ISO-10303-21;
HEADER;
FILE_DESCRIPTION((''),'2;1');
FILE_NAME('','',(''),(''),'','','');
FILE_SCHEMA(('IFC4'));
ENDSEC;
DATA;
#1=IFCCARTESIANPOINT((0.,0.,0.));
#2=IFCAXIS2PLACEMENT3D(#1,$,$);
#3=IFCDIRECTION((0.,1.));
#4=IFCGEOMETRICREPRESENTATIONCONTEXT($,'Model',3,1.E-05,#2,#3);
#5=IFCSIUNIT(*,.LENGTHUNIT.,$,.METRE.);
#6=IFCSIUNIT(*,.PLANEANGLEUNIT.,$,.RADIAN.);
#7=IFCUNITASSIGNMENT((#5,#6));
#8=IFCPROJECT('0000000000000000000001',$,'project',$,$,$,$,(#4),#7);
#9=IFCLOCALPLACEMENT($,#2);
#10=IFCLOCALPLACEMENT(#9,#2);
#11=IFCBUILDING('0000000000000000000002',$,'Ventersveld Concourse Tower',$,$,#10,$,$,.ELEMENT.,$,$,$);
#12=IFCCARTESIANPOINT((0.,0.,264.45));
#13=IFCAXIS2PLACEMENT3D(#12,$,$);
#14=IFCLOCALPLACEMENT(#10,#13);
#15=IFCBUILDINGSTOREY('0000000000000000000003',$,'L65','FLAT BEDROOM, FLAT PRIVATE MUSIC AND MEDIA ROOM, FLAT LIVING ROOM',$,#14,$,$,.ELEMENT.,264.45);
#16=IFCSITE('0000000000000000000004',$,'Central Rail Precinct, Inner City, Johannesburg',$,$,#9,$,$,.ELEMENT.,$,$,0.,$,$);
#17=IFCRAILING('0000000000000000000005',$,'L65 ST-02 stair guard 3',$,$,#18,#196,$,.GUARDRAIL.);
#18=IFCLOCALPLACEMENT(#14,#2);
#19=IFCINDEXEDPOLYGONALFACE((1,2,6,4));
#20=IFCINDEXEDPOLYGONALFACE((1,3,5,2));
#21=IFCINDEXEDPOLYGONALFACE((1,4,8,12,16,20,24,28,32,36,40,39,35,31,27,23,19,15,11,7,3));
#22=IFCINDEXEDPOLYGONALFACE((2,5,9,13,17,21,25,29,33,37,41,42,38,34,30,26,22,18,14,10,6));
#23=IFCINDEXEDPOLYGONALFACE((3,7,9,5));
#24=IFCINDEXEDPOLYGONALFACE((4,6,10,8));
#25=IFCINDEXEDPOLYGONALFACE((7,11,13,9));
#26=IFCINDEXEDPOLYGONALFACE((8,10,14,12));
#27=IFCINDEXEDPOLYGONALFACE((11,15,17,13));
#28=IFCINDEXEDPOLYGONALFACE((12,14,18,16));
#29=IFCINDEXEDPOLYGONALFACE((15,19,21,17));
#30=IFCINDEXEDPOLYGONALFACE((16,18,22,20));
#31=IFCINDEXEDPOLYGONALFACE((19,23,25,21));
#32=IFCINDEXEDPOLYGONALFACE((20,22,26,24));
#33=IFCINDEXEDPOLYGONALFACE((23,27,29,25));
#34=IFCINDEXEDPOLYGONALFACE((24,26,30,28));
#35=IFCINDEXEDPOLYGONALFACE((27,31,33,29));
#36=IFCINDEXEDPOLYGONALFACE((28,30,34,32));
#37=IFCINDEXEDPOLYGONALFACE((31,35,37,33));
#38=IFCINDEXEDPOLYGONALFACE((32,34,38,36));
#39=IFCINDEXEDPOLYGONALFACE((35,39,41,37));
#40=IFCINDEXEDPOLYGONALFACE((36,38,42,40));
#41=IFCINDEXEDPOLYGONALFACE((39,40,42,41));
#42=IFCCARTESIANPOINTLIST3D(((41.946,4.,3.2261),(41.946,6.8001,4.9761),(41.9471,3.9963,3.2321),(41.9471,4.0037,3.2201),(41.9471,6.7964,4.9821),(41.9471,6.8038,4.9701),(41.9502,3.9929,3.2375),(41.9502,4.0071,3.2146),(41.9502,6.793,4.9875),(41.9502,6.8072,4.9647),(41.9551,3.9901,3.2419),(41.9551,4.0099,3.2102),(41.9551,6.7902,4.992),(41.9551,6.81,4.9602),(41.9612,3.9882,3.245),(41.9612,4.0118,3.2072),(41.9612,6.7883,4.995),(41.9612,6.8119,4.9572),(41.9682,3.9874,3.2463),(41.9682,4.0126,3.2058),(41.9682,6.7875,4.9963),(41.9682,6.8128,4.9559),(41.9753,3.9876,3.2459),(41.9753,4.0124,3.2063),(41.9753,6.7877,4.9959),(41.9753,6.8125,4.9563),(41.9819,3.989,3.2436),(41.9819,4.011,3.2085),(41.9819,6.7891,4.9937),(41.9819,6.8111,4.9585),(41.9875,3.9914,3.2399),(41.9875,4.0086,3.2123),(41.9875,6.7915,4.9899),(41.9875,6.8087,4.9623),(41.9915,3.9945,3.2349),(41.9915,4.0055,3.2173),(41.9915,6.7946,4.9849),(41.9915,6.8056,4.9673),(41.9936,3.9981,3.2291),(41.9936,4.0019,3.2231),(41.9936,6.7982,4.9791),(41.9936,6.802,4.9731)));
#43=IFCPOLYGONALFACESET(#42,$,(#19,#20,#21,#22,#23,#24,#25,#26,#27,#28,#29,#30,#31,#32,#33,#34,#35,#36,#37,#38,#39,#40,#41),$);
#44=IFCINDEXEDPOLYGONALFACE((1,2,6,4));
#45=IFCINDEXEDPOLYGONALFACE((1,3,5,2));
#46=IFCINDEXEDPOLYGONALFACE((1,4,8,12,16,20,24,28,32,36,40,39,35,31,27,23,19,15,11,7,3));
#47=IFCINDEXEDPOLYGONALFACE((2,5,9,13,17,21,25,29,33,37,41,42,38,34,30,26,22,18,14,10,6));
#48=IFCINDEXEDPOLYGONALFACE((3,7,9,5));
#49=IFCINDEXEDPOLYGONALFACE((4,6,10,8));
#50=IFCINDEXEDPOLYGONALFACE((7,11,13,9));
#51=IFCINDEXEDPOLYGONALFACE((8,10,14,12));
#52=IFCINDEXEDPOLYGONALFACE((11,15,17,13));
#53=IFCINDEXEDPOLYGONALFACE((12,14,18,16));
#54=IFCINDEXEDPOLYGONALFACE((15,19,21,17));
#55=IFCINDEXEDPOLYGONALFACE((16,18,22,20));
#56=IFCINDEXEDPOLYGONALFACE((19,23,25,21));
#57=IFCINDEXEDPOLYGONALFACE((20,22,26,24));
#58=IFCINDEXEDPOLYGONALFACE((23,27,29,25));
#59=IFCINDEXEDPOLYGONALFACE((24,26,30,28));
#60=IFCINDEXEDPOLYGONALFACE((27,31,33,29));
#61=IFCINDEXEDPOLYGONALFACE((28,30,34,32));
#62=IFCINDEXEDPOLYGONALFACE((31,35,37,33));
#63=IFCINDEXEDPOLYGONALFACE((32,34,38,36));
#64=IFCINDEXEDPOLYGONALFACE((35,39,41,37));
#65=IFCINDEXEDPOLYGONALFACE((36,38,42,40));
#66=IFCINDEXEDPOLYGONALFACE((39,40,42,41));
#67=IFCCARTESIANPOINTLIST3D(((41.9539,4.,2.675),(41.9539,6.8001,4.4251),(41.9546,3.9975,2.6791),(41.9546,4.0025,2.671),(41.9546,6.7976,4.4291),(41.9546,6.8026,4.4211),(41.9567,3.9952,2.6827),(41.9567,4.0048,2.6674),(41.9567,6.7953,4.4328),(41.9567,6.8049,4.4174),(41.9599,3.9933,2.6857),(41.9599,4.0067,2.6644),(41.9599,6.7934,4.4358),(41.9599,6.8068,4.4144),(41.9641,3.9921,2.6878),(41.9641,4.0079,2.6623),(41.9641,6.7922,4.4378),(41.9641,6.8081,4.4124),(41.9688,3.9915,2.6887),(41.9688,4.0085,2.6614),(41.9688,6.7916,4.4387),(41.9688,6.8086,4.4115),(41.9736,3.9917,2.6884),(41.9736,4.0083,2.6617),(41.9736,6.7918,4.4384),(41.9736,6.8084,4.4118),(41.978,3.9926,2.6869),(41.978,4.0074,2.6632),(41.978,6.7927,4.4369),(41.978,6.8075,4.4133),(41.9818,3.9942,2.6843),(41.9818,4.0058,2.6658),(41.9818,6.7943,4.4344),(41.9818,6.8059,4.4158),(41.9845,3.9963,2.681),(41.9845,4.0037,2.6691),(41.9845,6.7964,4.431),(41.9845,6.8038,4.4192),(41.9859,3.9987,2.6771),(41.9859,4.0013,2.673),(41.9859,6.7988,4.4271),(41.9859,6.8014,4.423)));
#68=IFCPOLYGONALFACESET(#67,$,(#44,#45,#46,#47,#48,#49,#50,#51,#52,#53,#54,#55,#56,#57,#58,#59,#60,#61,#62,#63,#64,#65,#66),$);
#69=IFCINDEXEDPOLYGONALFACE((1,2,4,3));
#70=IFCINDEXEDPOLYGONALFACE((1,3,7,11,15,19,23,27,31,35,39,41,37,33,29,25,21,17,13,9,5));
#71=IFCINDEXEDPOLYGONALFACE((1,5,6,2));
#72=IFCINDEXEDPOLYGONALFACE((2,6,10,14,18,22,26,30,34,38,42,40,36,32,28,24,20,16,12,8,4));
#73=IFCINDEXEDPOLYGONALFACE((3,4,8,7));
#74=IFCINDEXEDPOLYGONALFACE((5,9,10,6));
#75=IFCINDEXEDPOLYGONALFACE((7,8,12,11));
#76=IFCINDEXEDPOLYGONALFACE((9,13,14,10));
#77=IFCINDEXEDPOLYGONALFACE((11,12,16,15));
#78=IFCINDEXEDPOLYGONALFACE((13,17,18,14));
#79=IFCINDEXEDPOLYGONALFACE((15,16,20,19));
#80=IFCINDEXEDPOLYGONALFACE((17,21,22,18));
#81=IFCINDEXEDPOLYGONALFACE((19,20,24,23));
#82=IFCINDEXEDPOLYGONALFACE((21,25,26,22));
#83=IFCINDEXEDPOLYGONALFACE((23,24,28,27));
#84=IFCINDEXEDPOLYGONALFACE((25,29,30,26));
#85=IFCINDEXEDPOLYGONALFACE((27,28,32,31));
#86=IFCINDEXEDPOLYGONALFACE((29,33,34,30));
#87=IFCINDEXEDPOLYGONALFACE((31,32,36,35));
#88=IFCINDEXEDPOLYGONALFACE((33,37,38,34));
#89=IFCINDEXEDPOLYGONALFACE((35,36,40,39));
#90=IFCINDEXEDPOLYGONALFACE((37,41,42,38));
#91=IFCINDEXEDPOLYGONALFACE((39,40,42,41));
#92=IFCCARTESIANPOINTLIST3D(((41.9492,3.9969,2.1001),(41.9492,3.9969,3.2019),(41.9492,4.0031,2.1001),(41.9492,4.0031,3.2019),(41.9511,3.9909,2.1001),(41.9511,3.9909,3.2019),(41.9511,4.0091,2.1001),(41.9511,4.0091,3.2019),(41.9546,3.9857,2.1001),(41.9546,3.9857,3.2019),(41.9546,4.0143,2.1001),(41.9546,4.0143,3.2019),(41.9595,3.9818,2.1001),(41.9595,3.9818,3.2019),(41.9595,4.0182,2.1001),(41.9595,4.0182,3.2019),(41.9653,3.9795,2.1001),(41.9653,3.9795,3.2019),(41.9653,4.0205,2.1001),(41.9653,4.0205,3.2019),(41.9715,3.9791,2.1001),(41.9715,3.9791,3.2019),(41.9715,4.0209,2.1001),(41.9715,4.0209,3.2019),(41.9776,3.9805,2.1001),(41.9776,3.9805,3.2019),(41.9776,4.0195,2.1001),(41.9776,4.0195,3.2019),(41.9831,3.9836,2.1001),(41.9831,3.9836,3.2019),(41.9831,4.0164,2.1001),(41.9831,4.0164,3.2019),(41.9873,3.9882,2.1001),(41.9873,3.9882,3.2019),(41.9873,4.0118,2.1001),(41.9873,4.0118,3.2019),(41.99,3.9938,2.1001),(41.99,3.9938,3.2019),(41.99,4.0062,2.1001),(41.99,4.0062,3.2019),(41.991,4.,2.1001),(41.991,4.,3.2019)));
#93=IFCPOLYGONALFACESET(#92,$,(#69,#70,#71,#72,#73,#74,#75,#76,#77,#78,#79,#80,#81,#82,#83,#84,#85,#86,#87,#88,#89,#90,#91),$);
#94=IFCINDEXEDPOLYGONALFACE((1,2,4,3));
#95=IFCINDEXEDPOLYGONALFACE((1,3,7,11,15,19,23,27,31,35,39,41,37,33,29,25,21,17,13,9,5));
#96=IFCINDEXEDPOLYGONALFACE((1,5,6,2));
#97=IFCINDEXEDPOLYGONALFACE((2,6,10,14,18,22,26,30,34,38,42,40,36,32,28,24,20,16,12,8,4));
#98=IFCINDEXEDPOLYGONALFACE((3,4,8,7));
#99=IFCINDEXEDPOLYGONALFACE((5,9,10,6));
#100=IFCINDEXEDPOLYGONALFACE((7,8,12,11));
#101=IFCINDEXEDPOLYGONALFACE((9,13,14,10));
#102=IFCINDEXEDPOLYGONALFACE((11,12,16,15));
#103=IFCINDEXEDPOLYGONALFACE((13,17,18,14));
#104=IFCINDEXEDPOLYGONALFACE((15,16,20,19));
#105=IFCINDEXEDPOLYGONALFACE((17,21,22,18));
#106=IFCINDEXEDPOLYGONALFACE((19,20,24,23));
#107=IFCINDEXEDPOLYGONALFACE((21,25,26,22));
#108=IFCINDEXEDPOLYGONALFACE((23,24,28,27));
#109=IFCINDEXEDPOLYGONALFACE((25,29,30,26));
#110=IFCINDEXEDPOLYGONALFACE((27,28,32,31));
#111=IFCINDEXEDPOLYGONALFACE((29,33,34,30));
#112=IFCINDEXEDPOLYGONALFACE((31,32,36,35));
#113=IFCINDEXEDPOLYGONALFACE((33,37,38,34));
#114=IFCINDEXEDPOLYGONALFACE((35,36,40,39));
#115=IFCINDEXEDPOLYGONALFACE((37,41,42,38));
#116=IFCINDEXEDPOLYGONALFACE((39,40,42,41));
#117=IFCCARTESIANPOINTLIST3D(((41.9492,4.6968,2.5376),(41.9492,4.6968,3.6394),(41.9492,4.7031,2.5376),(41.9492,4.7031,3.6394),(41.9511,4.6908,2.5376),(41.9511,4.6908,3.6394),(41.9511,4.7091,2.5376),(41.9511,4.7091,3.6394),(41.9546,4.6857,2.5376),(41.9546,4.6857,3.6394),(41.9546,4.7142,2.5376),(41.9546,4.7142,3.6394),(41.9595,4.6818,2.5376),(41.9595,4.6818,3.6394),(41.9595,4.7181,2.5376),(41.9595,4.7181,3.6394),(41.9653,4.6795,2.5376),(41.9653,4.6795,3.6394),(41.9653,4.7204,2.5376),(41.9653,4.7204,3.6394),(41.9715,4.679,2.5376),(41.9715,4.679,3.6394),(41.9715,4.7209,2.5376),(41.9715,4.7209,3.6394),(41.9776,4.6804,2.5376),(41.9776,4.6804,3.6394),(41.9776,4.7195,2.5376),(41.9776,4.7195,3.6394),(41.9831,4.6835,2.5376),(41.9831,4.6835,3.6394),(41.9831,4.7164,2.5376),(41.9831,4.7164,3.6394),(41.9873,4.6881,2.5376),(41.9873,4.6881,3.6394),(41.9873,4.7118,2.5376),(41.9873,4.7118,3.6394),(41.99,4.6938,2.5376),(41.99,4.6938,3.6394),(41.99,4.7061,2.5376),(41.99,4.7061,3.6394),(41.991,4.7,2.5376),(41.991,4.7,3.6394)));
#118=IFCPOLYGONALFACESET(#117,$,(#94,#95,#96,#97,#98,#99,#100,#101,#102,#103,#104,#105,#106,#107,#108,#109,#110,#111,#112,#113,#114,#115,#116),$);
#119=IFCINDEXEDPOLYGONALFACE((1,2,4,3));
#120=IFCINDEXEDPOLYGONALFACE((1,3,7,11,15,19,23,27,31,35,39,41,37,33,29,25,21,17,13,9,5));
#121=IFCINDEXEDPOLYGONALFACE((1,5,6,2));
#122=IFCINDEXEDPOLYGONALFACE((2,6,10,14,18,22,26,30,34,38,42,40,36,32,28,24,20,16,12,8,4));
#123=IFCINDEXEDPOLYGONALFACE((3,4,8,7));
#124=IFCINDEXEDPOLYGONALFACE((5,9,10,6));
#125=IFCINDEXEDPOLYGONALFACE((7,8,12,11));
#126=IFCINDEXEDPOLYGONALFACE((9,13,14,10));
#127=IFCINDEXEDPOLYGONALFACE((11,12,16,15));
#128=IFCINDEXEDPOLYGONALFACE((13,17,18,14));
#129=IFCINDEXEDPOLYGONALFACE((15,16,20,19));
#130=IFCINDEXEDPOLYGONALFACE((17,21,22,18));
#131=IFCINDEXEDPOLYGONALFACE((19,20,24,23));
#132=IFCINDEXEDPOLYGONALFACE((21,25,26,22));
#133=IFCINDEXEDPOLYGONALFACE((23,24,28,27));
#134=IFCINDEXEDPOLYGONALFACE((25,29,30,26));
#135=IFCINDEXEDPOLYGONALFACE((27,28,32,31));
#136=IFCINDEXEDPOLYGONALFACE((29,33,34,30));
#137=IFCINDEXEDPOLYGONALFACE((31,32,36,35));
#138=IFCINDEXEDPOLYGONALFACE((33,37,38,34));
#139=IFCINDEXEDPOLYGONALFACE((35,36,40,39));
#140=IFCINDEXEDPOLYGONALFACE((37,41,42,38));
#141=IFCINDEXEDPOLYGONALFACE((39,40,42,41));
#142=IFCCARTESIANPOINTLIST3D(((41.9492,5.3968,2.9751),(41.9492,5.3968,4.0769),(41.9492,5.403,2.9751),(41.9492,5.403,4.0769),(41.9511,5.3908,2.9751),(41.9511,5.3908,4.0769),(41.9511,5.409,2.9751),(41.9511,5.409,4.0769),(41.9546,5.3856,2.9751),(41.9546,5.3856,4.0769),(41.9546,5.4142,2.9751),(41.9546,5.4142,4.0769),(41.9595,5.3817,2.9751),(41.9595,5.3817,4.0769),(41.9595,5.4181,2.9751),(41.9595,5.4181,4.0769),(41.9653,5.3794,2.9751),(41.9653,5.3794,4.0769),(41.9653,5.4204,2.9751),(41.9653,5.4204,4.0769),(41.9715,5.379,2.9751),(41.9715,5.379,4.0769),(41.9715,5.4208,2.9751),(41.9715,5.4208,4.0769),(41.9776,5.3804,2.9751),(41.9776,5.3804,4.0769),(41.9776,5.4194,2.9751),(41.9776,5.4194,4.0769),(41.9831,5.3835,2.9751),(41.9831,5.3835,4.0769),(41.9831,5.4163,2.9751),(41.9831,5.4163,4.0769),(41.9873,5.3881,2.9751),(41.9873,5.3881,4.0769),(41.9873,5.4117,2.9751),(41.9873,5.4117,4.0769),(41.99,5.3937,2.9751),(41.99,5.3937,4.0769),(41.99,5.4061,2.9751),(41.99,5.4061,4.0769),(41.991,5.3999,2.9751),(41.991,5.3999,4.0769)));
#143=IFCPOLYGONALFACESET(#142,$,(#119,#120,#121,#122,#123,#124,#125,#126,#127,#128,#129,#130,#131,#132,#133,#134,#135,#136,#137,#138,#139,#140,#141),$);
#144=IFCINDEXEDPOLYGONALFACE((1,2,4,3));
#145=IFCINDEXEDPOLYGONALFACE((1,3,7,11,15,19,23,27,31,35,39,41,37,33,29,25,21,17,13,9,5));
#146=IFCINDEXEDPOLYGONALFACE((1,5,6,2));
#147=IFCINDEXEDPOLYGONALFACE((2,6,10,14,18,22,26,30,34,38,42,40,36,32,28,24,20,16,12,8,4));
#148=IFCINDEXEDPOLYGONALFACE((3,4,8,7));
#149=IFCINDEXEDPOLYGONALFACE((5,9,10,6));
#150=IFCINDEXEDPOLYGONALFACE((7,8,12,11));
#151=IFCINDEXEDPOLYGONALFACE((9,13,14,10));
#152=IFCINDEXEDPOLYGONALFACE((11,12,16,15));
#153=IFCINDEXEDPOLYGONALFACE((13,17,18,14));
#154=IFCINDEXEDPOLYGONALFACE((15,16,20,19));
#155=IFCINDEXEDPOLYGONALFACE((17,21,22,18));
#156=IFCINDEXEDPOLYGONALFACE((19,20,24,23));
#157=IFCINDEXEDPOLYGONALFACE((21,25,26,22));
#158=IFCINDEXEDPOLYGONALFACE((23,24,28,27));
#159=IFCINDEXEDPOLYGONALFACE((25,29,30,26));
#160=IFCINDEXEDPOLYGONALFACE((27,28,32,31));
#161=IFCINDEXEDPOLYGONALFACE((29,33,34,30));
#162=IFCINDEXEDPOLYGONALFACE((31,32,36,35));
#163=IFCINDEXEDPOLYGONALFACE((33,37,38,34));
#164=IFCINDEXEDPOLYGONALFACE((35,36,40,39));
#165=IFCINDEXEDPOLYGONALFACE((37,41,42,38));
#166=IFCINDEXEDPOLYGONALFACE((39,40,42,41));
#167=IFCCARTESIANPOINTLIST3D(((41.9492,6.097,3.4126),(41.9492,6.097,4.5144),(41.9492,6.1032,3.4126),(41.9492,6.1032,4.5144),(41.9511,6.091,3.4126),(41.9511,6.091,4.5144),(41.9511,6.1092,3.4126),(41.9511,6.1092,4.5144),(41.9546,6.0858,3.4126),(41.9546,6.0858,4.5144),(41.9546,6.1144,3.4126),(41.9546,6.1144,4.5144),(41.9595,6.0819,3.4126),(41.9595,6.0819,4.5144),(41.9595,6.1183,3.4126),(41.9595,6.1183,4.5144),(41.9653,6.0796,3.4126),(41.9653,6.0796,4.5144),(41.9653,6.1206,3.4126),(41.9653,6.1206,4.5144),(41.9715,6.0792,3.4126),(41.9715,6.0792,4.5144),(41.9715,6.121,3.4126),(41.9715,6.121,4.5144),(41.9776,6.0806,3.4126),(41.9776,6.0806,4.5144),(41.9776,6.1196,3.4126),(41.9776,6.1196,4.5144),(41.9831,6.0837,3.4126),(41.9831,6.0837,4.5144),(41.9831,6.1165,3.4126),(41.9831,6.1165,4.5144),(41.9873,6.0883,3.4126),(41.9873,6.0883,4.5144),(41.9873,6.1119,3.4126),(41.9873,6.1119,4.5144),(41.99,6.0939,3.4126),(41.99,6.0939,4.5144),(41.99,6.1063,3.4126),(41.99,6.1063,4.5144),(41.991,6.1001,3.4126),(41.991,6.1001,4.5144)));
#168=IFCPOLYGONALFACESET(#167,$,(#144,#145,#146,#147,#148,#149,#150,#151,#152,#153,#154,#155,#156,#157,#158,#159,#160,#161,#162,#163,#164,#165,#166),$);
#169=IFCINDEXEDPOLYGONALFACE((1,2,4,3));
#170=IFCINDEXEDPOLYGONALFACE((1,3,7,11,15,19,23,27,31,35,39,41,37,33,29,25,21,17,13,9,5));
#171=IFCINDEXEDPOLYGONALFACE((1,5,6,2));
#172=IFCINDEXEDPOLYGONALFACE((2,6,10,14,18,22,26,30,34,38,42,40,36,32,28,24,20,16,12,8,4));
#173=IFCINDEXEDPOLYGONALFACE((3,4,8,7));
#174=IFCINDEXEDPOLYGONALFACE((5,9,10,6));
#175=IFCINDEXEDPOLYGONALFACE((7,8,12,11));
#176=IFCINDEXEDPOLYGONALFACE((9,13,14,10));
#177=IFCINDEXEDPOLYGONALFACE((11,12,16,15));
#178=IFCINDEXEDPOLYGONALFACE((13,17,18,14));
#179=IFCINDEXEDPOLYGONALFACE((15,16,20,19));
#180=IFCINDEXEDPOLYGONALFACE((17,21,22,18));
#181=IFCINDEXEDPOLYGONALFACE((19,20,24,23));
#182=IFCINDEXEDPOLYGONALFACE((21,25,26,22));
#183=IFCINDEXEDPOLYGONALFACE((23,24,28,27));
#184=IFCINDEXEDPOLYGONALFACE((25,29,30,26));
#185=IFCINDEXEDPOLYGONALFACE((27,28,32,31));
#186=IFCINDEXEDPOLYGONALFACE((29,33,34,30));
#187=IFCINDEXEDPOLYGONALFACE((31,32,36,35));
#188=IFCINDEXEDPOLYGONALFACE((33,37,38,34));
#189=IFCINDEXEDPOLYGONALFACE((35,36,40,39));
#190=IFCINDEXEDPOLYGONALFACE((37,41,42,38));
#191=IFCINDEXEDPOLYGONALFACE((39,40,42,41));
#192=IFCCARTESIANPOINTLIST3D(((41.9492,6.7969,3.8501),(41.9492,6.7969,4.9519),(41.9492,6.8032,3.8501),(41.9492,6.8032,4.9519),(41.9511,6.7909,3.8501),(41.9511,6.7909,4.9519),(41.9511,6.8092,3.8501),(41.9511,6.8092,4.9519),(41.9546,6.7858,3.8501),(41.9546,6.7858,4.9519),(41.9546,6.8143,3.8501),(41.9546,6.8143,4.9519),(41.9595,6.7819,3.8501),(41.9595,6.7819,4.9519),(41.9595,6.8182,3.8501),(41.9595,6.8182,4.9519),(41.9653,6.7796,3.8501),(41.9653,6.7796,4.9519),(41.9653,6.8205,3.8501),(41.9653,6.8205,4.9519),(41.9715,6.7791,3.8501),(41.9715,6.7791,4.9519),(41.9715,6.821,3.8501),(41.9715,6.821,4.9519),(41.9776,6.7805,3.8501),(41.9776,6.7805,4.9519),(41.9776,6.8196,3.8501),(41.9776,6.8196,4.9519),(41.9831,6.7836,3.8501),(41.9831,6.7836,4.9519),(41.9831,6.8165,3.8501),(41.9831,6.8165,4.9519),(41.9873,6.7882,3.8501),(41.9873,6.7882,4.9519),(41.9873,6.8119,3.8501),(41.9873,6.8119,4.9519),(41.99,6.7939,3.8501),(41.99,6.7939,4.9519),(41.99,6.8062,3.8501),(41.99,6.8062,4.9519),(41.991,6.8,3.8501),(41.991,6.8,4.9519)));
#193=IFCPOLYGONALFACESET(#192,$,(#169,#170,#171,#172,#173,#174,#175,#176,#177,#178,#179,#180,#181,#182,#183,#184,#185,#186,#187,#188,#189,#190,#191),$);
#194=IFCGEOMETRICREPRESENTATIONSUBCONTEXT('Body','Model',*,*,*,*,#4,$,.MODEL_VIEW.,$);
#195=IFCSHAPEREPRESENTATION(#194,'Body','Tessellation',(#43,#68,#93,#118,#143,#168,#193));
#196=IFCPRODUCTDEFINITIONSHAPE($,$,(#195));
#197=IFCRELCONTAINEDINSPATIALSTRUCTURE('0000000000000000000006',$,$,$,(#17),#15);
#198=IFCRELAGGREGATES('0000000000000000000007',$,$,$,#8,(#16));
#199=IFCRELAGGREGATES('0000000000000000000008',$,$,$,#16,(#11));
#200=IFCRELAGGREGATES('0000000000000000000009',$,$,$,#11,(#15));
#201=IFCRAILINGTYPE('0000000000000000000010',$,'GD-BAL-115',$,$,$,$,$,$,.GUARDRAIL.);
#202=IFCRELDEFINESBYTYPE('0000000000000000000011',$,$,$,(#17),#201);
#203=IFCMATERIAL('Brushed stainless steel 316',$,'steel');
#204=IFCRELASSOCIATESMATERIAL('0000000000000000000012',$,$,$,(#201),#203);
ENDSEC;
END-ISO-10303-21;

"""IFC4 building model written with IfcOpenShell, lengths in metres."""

from ifc_helpers import new_model, si_unit, direction, frame, origin, origin_2d, place, context, subcontext, project, spatial, circle, extrude, material, type_object, element, save


model = new_model("IFC4")

# Units and contexts
model_context = context("Model", 3, precision=1e-05, world=origin(), true_north=direction((0.0, 1.0)))
body_context = subcontext(model_context, "Body", "Model", "MODEL_VIEW")
ifc_project = project(units=[si_unit("LENGTHUNIT", "METRE"), si_unit("PLANEANGLEUNIT", "RADIAN")], contexts=[model_context])

# Site, building, storey
site_placement = place(None, origin())
site = spatial("IfcSite", under=ifc_project, at=site_placement, Name="Central Rail Precinct, Inner City, Johannesburg", CompositionType="ELEMENT", RefElevation=0.0)
building_placement = place(site_placement, origin())
building = spatial("IfcBuilding", under=site, at=building_placement, Name="Ventersveld Concourse Tower", CompositionType="ELEMENT")
storey_placement = place(building_placement, frame((0.0, 0.0, 264.45)))
storey = spatial("IfcBuildingStorey", under=building, at=storey_placement, Name="L65", Description="FLAT BEDROOM, FLAT PRIVATE MUSIC AND MEDIA ROOM, FLAT LIVING ROOM", CompositionType="ELEMENT", Elevation=264.45)

# Railing
ifc_material_1 = material(Name="Brushed stainless steel 316", Category="steel")
railing_type_1 = type_object("IfcRailingType", Name="GD-BAL-115", PredefinedType="GUARDRAIL", material=ifc_material_1)
railing_1_placement = place(storey_placement, frame((41.97, 4.0, 2.1001)))
element("IfcRailing", 1, at=railing_1_placement, inside=storey, type_object=railing_type_1, Name="L65 ST-02 stair guard 3", PredefinedType="GUARDRAIL", context=body_context, shape_type="SweptSolid", body=[
    extrude(circle(Radius=0.0239, at=origin_2d()), frame((0.0, 0.0, 1.126), z_axis=(0.0, 0.848002, 0.529992), x_axis=(-1.0, 0.0, 0.0)), (0.0, 0.0, 1.0), 3.302),
    extrude(circle(Radius=0.0161, at=origin_2d()), frame((0.0, 0.0, 0.575), z_axis=(0.0, 0.848002, 0.529992), x_axis=(-1.0, 0.0, 0.0)), (0.0, 0.0, 1.0), 3.302),
    extrude(circle(Radius=0.021, at=origin_2d()), origin(), (0.0, 0.0, 1.0), 1.1018),
    extrude(circle(Radius=0.021, at=origin_2d()), frame((0.0, 0.7, 0.4375)), (0.0, 0.0, 1.0), 1.1018),
    extrude(circle(Radius=0.021, at=origin_2d()), frame((0.0, 1.3999, 0.875)), (0.0, 0.0, 1.0), 1.1018),
    extrude(circle(Radius=0.021, at=origin_2d()), frame((0.0, 2.1001, 1.3125)), (0.0, 0.0, 1.0), 1.1018),
    extrude(circle(Radius=0.021, at=origin_2d()), frame((0.0, 2.8, 1.75)), (0.0, 0.0, 1.0), 1.1018),
])

save(model, "model.ifc")
